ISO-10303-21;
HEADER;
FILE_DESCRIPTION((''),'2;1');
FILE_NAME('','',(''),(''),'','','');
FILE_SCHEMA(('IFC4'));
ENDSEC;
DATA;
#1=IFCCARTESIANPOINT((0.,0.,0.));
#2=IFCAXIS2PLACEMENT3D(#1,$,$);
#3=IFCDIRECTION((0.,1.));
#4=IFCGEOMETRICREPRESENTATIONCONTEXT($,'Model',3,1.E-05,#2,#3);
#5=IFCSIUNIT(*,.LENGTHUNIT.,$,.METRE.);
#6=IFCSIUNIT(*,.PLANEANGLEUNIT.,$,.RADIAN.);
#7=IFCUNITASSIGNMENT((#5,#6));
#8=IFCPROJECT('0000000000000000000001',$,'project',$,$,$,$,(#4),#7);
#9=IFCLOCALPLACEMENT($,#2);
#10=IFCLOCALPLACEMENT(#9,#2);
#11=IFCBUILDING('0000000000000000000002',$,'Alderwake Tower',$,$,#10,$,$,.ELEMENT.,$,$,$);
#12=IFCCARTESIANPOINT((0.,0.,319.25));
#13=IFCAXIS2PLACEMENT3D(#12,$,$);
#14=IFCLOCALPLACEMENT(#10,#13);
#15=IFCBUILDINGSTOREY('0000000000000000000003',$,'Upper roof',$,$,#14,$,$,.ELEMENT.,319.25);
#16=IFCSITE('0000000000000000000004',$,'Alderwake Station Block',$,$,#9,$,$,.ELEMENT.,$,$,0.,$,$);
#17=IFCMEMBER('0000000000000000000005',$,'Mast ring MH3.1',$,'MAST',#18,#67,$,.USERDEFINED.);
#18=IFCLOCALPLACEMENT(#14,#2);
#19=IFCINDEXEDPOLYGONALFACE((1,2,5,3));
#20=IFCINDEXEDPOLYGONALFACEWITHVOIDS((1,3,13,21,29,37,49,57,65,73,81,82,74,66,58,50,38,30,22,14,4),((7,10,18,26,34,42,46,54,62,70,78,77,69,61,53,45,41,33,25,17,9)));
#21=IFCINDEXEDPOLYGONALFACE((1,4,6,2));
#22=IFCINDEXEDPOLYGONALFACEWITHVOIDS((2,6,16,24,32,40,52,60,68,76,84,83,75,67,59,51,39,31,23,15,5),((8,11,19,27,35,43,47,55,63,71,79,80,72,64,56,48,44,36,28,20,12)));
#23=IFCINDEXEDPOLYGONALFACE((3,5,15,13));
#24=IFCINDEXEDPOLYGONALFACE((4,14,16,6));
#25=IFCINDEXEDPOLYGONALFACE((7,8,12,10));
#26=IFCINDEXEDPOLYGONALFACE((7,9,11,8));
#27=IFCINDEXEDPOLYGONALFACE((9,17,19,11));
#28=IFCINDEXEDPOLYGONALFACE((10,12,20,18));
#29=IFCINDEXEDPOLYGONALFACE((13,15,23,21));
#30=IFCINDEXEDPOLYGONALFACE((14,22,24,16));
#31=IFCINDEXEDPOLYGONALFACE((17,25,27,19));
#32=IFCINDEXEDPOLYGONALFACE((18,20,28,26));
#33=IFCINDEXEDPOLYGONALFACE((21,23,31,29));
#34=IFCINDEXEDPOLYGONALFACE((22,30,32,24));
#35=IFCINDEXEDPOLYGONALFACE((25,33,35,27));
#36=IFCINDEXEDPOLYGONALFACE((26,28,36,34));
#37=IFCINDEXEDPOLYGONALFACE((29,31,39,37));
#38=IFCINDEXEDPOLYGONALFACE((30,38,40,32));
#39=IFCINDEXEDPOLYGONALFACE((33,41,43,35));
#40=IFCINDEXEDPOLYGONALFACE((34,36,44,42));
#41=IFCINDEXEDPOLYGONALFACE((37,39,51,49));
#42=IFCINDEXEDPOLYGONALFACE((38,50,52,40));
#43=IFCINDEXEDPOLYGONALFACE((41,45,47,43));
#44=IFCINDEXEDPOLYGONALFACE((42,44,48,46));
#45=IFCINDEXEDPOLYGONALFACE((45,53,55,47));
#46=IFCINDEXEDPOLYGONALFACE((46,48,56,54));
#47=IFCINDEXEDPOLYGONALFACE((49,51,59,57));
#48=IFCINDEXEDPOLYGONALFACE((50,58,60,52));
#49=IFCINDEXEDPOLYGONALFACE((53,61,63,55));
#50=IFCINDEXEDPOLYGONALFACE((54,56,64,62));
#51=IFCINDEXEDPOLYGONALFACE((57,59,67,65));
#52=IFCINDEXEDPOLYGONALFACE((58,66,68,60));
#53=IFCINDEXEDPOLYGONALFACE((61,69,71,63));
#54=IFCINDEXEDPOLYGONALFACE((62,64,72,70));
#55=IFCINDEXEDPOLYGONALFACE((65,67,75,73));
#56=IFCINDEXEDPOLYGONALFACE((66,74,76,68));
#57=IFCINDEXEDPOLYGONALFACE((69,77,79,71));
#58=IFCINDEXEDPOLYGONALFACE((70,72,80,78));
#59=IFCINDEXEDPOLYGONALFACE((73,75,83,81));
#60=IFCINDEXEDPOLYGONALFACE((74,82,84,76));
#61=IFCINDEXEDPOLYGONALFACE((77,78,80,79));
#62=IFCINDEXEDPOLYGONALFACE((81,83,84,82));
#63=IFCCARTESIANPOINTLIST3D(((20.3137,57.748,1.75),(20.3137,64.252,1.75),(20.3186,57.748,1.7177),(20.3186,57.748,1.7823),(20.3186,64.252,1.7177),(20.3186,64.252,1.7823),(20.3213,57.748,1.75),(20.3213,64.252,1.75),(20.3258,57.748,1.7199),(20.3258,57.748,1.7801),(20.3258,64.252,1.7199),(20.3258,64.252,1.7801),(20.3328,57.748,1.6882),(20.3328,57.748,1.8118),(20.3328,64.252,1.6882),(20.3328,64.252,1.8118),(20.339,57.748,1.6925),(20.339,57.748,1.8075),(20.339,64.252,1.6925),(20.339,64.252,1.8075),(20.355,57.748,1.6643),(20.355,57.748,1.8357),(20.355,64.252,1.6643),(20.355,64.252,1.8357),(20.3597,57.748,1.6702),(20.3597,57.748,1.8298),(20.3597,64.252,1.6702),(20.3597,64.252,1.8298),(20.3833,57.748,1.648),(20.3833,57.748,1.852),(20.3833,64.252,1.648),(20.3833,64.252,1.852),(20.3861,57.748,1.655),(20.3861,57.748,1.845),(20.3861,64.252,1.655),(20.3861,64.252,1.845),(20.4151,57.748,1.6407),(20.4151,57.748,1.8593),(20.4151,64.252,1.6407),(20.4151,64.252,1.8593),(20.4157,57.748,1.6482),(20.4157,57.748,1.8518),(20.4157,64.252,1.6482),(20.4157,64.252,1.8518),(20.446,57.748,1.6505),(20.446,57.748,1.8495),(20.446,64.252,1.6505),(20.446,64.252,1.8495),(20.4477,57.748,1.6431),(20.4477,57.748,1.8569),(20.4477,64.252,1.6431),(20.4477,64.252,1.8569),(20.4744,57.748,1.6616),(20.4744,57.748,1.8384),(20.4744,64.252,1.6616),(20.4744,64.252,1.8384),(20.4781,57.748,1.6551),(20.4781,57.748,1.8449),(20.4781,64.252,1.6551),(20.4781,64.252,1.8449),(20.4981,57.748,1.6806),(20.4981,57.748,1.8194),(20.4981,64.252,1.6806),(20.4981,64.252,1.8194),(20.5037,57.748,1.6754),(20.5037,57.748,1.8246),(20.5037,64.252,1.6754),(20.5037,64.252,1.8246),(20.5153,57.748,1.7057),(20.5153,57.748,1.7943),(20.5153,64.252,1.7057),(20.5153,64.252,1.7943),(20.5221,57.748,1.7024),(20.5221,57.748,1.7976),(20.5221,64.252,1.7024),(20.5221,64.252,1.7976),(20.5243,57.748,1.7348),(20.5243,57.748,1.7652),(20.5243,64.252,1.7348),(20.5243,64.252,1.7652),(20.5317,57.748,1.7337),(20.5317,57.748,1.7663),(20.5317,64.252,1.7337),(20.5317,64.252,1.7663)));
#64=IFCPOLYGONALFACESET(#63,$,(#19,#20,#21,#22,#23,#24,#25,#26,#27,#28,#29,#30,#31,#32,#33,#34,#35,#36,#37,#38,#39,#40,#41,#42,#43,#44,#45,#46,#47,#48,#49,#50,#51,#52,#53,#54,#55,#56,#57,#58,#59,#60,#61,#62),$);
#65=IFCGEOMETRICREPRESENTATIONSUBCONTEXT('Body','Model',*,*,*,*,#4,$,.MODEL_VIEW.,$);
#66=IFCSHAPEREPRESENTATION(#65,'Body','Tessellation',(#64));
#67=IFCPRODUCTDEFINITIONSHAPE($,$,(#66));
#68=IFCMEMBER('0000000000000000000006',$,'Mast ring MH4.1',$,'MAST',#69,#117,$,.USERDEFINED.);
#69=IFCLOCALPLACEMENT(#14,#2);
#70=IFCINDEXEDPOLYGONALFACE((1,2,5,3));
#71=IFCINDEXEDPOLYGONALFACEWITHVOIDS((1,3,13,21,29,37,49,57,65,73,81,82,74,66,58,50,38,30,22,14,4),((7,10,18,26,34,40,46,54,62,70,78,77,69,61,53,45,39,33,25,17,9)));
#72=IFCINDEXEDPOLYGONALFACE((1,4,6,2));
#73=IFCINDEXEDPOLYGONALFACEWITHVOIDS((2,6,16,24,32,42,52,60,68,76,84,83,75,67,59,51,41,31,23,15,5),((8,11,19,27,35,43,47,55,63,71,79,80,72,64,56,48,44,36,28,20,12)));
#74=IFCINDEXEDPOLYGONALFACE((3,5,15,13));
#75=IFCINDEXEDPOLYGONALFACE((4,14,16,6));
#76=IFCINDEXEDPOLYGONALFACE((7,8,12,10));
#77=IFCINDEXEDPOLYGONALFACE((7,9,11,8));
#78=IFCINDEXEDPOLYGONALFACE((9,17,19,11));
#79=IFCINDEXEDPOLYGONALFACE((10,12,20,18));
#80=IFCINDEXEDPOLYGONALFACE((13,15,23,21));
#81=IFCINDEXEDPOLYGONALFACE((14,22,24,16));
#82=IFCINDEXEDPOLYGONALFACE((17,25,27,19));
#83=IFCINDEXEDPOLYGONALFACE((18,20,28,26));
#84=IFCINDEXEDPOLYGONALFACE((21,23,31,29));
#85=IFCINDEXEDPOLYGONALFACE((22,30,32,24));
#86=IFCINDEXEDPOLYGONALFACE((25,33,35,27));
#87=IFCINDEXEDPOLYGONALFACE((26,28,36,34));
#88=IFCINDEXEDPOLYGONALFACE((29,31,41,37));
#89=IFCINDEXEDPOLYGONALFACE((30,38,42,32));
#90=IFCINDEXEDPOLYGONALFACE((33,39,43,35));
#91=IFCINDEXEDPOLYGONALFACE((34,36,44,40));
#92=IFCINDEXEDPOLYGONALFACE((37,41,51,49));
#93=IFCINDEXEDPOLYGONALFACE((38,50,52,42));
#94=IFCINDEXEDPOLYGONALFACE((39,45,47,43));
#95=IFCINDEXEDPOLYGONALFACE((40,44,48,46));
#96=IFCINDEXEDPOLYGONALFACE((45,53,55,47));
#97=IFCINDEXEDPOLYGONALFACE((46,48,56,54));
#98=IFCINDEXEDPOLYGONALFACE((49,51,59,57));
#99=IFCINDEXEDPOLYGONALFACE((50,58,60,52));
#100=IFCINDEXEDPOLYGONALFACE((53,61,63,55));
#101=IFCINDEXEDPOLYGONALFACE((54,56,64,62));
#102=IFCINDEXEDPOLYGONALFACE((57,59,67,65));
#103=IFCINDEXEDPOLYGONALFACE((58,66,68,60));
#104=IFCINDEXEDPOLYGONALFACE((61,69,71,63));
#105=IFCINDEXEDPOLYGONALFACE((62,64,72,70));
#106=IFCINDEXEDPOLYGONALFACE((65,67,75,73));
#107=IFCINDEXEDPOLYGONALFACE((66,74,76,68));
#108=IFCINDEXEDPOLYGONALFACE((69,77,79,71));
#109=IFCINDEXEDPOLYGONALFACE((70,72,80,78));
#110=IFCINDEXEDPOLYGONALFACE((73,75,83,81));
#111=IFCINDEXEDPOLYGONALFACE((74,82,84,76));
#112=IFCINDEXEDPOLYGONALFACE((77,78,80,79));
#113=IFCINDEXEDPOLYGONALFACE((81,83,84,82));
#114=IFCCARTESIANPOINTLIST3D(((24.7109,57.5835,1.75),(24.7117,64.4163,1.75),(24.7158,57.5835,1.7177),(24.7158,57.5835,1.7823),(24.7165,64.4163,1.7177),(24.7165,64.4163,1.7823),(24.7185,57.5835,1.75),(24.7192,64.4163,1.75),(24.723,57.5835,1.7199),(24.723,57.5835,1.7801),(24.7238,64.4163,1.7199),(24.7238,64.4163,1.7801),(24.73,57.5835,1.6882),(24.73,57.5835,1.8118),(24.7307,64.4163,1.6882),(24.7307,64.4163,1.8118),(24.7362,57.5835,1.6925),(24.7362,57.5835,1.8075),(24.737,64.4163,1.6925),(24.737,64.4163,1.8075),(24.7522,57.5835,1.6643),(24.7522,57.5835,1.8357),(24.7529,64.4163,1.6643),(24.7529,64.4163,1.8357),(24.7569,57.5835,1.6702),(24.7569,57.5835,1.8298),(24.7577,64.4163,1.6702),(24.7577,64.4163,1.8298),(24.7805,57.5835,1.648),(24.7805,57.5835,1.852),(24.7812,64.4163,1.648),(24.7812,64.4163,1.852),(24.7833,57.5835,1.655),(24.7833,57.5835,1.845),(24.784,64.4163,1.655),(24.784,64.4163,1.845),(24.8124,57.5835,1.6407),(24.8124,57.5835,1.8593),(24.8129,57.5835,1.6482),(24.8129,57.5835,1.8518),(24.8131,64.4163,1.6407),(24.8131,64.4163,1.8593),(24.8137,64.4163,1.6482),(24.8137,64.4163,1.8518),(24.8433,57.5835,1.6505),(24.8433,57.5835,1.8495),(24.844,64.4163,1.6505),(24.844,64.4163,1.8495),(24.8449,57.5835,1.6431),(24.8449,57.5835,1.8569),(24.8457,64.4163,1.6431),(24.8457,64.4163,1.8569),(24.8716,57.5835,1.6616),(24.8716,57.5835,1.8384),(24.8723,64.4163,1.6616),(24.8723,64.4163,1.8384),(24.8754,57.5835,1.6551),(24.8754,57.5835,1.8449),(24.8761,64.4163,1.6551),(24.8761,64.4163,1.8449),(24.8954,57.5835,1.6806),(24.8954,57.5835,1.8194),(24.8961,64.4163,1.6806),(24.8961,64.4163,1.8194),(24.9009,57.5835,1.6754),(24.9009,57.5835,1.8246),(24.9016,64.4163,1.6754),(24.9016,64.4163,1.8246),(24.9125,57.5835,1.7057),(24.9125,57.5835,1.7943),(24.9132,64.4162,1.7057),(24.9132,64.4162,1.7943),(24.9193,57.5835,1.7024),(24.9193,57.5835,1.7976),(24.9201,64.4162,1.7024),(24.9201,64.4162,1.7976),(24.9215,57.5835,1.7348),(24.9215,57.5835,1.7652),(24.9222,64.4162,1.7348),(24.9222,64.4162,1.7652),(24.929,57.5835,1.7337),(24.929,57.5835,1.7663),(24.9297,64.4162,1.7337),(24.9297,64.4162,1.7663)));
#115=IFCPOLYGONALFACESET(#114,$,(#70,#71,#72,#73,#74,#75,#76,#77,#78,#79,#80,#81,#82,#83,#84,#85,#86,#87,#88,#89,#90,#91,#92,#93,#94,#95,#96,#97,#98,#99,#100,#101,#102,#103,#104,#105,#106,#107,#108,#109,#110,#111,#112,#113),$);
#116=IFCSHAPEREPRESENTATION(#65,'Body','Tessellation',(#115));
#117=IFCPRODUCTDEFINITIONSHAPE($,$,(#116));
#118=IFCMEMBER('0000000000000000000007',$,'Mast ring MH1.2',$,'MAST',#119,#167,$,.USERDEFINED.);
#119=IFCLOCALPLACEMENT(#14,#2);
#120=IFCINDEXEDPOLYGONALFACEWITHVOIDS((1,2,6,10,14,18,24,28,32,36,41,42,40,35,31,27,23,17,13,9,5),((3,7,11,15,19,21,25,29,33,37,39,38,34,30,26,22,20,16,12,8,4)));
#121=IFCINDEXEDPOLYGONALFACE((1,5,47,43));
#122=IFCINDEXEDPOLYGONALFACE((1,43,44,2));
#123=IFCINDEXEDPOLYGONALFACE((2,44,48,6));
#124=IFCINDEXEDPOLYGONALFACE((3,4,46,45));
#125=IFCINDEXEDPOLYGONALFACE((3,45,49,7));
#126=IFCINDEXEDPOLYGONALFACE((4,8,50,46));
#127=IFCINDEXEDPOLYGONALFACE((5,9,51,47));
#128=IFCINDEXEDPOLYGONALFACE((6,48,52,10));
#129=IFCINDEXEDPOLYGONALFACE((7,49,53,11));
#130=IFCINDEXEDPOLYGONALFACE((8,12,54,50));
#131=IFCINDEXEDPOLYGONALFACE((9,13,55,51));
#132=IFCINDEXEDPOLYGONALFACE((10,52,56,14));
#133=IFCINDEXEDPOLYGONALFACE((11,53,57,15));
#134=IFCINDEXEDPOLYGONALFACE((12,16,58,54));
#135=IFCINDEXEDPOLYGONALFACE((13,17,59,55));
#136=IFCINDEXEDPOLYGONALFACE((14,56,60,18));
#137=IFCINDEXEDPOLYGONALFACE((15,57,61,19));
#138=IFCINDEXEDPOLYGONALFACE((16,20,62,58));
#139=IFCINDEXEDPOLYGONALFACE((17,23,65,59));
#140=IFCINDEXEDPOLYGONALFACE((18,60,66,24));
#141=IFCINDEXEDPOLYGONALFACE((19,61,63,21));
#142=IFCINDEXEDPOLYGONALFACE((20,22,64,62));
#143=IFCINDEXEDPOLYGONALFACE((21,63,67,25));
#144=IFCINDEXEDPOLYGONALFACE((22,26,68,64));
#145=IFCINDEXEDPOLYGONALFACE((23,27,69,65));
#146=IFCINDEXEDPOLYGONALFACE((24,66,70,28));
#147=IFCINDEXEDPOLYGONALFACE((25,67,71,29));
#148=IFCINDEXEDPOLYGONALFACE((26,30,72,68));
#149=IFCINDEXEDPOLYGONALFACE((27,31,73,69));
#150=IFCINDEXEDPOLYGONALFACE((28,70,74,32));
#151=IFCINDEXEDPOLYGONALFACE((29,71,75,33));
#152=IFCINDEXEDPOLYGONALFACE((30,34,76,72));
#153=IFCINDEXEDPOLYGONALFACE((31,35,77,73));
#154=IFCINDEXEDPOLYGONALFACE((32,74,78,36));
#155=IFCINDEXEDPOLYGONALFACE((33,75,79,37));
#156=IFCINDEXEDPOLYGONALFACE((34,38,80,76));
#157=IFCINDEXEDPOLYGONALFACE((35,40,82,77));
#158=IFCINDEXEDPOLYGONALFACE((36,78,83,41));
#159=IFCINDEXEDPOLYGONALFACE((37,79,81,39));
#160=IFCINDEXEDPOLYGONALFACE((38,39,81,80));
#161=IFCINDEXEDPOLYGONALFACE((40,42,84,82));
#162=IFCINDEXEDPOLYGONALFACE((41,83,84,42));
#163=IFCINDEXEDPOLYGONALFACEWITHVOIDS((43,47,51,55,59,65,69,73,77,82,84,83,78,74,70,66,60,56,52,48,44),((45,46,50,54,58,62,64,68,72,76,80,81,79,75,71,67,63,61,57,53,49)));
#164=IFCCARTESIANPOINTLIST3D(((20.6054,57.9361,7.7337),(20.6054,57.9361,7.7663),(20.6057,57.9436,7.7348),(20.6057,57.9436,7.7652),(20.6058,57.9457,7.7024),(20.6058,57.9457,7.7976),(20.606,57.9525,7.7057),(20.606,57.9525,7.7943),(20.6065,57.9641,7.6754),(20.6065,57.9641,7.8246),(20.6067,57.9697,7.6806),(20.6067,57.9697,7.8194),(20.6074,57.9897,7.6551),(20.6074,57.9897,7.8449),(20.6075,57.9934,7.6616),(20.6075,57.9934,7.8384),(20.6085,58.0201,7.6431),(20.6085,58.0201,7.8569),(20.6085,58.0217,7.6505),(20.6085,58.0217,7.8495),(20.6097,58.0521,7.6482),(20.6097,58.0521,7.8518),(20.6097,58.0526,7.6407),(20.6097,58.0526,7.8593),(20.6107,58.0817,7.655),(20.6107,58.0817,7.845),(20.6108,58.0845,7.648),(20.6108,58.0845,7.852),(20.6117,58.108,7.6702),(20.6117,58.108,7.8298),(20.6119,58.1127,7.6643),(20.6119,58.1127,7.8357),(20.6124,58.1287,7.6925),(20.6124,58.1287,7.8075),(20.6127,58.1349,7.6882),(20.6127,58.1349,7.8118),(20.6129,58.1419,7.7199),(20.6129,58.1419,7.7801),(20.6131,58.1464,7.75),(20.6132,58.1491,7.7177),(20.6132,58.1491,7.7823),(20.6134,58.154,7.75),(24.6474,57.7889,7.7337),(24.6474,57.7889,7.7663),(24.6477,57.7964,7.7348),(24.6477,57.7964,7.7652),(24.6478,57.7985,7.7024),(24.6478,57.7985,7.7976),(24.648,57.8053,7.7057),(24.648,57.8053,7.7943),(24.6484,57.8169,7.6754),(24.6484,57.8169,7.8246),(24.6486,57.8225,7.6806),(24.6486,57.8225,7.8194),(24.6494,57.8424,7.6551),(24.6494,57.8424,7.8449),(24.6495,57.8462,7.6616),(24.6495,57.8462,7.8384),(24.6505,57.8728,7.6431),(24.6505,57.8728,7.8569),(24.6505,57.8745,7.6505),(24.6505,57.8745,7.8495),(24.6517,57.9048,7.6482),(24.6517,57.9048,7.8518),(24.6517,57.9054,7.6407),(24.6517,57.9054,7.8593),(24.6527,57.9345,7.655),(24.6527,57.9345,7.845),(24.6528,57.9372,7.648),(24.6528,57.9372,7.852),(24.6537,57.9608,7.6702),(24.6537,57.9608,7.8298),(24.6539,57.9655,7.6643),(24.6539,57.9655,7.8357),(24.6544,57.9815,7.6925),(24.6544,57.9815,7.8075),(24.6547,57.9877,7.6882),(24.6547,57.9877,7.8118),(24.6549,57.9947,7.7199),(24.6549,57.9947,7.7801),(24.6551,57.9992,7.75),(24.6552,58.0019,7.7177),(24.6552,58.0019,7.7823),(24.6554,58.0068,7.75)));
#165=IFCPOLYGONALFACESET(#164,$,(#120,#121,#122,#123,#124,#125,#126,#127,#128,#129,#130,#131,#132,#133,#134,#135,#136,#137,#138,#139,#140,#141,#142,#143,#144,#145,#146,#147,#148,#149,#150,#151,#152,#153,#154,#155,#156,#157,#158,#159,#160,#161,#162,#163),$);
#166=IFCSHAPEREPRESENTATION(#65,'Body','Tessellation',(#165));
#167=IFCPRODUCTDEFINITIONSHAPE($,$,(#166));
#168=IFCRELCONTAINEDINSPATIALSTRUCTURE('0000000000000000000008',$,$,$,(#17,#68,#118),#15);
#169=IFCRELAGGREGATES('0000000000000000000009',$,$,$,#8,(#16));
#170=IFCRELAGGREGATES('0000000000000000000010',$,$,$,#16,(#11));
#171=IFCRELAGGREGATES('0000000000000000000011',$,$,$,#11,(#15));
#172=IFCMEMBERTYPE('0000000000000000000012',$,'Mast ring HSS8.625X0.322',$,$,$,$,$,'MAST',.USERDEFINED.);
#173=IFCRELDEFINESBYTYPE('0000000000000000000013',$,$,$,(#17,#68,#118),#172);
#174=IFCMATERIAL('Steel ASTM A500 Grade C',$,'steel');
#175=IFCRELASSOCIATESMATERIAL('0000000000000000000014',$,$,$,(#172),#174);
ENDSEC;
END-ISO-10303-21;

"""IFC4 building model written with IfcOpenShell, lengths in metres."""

from ifc_helpers import new_model, si_unit, direction, frame, origin, origin_2d, place, context, subcontext, project, spatial, hollow_circle, extrude, material, material_profile, profile_set, type_object, element, save


model = new_model("IFC4")

# Units and contexts
model_context = context("Model", 3, precision=1e-05, world=origin(), true_north=direction((0.0, 1.0)))
body_context = subcontext(model_context, "Body", "Model", "MODEL_VIEW")
ifc_project = project(units=[si_unit("LENGTHUNIT", "METRE"), si_unit("PLANEANGLEUNIT", "RADIAN")], contexts=[model_context])

# Site, building, storey
site_placement = place(None, origin())
site = spatial("IfcSite", under=ifc_project, at=site_placement, Name="Alderwake Station Block", CompositionType="ELEMENT", RefElevation=0.0)
building_placement = place(site_placement, origin())
building = spatial("IfcBuilding", under=site, at=building_placement, Name="Alderwake Tower", CompositionType="ELEMENT")
storey_placement = place(building_placement, frame((0.0, 0.0, 319.25)))
storey = spatial("IfcBuildingStorey", under=building, at=storey_placement, Name="Upper roof", CompositionType="ELEMENT", Elevation=319.25)

# Members
ifc_material_1 = material(Name="Steel ASTM A500 Grade C", Category="steel")
ifc_material_profile_1 = material_profile(ifc_material_1, hollow_circle(Radius=0.1096, WallThickness=0.0076, at=origin_2d()), Name="HSS8.625X0.322")
ifc_profile_set_1 = profile_set([ifc_material_profile_1], Name="Steel ASTM A500 Grade C")
member_type_1 = type_object("IfcMemberType", Name="Mast ring HSS8.625X0.322", ElementType="MAST", PredefinedType="USERDEFINED", material=ifc_profile_set_1)
member_1_placement = place(storey_placement, frame((20.4233, 57.748, 1.75), z_axis=(0.0, 1.0, 0.0), x_axis=(-1.0, 0.0, 0.0)))
element("IfcMember", 1, at=member_1_placement, inside=storey, type_object=member_type_1, Name="Mast ring MH3.1", ObjectType="MAST", PredefinedType="USERDEFINED", context=body_context, shape_type="SweptSolid", body=[
    extrude(hollow_circle(Radius=0.1096, WallThickness=0.0076, at=origin_2d()), origin(), (0.0, 0.0, 1.0), 6.5039),
])
member_2_placement = place(storey_placement, frame((24.8206, 57.5835, 1.75), z_axis=(0.000107, 1.0, 0.0), x_axis=(-1.0, 0.000107, 0.0)))
element("IfcMember", 2, at=member_2_placement, inside=storey, type_object=member_type_1, Name="Mast ring MH4.1", ObjectType="MAST", PredefinedType="USERDEFINED", context=body_context, shape_type="SweptSolid", body=[
    extrude(hollow_circle(Radius=0.1096, WallThickness=0.0076, at=origin_2d()), origin(), (0.0, 0.0, 1.0), 6.8328),
])
member_3_placement = place(storey_placement, frame((20.6094, 58.0444, 7.75), z_axis=(0.999337, -0.036398, 0.0), x_axis=(0.036398, 0.999337, 0.0)))
element("IfcMember", 3, at=member_3_placement, inside=storey, type_object=member_type_1, Name="Mast ring MH1.2", ObjectType="MAST", PredefinedType="USERDEFINED", context=body_context, shape_type="SweptSolid", body=[
    extrude(hollow_circle(Radius=0.1096, WallThickness=0.0076, at=origin_2d()), origin(), (0.0, 0.0, 1.0), 4.0447),
])

save(model, "model.ifc")
